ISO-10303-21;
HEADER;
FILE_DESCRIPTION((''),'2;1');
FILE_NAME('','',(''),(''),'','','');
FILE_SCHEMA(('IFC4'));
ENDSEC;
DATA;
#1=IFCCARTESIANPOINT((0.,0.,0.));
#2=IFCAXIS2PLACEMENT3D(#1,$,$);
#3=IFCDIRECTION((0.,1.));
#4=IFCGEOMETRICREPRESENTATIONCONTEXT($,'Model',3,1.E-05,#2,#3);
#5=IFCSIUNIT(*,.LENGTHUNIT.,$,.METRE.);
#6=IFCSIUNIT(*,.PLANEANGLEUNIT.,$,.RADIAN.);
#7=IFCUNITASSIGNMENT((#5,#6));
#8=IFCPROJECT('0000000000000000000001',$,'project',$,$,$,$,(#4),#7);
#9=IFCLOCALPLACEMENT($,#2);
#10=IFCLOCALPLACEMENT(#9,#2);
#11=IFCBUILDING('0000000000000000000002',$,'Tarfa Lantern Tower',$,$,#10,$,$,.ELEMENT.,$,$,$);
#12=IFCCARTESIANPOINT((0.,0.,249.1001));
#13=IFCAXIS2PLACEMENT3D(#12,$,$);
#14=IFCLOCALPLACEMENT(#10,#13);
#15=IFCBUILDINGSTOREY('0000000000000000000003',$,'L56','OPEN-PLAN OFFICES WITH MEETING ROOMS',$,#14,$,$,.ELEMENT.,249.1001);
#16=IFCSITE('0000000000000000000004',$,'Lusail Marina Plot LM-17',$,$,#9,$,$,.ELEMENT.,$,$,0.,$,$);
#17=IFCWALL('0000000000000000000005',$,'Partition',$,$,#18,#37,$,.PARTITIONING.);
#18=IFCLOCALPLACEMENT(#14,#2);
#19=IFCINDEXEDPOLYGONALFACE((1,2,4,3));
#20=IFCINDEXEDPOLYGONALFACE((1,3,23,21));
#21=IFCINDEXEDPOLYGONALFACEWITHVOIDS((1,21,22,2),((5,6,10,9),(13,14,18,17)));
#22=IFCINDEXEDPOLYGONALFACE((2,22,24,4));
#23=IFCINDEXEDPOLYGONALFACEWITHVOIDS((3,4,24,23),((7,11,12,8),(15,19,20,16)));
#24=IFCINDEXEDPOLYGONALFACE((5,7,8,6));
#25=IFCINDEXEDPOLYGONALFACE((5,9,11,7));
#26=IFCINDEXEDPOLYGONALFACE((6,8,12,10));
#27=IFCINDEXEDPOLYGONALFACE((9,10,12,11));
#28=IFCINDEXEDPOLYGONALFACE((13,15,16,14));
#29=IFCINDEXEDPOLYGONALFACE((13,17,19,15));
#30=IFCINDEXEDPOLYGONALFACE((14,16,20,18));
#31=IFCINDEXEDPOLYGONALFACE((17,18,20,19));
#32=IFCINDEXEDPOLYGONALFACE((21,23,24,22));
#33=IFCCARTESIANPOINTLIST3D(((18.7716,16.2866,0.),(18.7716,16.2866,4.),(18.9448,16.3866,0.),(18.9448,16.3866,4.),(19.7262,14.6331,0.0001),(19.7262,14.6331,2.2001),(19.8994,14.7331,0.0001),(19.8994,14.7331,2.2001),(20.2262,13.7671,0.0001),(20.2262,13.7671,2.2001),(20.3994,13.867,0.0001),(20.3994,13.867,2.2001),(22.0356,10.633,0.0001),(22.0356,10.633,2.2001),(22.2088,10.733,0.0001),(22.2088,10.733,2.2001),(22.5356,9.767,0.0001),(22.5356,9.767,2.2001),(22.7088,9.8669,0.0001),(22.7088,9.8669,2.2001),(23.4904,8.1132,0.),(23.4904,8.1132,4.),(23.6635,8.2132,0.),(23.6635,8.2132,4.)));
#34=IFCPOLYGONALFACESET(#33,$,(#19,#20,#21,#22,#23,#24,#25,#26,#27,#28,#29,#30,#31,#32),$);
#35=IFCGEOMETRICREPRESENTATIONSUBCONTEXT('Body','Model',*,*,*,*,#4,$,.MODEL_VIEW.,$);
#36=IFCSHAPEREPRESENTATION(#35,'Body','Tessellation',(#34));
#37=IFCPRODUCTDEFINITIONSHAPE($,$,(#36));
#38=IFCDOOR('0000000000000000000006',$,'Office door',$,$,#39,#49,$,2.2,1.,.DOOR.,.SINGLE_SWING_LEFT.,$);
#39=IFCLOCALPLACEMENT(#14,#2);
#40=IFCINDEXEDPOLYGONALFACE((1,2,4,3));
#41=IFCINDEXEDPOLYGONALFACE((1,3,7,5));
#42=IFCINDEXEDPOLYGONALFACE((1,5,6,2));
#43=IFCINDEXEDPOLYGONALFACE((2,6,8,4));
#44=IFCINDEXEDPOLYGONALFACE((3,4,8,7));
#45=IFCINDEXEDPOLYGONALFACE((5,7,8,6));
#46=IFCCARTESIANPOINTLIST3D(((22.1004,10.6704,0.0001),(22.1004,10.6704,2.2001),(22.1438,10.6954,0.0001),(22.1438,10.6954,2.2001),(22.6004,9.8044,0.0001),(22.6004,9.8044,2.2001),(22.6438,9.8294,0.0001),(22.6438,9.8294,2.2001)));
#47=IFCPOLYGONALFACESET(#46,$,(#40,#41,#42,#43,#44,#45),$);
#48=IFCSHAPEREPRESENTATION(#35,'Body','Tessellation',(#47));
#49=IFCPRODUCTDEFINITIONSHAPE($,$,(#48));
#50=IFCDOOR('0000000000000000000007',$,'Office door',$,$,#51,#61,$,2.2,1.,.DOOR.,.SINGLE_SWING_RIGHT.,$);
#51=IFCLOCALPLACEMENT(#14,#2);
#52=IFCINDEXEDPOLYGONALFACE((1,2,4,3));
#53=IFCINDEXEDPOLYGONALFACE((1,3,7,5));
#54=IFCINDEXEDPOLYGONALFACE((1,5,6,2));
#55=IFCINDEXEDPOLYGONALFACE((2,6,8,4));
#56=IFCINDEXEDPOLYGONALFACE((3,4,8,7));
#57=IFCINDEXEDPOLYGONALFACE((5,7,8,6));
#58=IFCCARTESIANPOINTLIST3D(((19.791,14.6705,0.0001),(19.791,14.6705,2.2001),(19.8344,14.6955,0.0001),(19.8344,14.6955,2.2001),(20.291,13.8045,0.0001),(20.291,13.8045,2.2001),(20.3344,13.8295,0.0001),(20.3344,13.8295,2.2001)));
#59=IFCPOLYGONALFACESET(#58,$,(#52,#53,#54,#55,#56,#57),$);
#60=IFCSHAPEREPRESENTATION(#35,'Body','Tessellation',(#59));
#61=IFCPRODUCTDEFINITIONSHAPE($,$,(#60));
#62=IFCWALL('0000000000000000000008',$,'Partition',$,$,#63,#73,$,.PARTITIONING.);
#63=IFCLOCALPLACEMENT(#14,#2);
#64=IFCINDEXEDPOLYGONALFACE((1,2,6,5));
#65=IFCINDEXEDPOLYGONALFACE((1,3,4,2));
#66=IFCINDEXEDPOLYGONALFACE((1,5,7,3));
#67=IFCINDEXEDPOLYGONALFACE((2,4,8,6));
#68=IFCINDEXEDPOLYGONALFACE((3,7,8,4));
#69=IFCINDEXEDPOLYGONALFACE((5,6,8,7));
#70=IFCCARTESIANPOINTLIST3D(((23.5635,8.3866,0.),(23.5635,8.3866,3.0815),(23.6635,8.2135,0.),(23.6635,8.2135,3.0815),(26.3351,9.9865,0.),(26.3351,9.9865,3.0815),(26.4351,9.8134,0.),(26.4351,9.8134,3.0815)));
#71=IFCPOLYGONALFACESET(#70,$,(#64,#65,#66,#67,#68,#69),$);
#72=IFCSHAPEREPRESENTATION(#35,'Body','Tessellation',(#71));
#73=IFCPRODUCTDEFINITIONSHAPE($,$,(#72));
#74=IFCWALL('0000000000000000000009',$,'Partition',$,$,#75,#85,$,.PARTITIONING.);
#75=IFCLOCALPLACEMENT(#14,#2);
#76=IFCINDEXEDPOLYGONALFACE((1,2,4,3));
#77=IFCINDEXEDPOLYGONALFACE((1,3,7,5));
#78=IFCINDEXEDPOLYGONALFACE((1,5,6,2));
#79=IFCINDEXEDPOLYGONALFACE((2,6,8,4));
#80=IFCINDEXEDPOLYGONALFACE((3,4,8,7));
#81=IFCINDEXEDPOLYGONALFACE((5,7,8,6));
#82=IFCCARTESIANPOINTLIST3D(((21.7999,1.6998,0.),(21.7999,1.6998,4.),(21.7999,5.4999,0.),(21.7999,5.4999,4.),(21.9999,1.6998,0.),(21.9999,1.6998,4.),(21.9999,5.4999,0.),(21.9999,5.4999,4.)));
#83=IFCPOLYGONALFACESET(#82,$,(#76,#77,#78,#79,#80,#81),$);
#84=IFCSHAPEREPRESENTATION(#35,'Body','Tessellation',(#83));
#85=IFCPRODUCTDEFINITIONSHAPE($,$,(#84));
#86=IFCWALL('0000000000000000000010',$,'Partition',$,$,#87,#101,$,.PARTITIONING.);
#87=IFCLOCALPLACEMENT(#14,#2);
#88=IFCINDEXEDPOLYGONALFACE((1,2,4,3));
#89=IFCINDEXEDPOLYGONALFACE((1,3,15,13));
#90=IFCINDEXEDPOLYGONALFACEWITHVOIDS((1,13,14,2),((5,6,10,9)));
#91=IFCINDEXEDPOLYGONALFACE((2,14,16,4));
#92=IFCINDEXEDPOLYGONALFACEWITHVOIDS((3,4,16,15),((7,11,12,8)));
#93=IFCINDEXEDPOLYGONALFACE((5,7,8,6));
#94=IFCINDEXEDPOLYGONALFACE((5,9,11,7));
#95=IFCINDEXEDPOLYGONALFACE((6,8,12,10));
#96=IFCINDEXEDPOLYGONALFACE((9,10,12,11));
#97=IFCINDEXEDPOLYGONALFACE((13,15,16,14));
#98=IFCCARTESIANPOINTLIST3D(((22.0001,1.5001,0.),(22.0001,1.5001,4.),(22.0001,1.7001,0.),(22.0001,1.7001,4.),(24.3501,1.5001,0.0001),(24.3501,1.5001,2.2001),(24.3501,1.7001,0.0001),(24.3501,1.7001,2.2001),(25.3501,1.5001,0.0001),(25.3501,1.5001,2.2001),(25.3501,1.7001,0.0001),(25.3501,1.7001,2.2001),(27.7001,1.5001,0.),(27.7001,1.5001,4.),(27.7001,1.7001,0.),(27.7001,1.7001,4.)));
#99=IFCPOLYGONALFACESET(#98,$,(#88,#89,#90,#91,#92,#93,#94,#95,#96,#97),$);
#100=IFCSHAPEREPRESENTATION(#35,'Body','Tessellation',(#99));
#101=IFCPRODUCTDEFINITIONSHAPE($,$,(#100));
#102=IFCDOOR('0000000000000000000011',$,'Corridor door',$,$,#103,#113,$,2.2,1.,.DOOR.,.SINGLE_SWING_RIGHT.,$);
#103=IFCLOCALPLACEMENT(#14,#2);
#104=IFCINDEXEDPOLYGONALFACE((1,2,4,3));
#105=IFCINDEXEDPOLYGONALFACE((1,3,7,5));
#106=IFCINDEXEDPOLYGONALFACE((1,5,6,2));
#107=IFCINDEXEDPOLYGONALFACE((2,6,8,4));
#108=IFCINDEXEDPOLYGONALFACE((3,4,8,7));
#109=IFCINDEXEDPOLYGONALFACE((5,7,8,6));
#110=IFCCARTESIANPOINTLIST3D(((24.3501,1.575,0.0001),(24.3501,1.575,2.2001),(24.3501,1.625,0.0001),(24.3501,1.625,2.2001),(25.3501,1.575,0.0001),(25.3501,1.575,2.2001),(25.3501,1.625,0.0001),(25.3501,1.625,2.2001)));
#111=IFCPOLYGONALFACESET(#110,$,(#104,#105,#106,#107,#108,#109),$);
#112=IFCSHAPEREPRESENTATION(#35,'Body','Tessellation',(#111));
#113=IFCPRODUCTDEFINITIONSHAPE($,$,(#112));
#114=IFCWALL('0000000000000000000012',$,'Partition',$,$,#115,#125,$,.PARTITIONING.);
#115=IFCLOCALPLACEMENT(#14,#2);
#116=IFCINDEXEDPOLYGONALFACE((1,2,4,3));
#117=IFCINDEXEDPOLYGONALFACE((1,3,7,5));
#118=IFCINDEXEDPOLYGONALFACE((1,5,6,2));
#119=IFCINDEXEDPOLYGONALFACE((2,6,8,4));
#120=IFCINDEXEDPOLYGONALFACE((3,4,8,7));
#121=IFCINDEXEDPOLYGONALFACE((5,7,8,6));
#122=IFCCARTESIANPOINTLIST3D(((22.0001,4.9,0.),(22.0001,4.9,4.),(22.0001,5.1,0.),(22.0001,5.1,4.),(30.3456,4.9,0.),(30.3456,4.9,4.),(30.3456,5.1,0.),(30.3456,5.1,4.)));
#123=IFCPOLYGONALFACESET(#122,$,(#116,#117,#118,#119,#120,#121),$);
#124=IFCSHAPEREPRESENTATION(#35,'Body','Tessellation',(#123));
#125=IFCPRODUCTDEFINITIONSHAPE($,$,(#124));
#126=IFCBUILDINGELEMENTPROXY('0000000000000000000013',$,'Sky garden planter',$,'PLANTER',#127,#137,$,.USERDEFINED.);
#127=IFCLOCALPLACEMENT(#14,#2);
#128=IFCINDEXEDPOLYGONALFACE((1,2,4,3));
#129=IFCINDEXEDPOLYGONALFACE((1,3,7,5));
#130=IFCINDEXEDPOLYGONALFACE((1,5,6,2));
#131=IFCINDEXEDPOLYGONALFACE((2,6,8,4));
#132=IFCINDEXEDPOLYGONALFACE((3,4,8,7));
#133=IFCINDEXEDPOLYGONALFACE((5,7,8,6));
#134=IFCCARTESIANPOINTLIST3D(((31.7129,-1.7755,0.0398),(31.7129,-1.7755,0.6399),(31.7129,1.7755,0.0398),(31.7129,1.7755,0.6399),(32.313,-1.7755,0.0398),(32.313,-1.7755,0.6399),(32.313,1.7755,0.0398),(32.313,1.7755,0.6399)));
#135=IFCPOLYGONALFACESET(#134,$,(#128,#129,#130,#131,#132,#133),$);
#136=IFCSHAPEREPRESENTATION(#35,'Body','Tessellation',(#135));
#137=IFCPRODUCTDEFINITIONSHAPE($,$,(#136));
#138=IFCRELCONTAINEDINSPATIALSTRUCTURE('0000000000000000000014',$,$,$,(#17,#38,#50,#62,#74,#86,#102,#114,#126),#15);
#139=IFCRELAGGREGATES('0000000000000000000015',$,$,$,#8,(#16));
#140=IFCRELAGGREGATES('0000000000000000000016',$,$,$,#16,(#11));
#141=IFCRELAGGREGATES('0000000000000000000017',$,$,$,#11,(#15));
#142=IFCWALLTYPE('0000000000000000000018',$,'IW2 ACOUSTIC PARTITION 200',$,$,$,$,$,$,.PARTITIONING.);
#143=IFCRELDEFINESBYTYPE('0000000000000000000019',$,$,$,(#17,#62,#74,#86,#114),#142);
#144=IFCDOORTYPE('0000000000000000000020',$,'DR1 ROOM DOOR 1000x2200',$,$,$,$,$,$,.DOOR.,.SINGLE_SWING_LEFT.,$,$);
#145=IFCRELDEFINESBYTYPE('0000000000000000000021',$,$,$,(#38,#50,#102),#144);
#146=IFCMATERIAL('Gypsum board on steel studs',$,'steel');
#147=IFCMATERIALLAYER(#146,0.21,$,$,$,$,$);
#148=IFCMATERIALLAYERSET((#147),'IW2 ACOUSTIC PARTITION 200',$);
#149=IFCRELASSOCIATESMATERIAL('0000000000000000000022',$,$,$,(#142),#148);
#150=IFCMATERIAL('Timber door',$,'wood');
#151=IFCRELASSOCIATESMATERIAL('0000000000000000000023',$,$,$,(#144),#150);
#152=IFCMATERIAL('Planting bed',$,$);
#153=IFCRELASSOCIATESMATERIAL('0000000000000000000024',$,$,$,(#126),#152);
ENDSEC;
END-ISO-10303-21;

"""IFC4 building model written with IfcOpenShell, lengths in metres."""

from ifc_helpers import new_model, si_unit, direction, frame, frame_2d, origin, origin_2d, place, context, subcontext, project, spatial, rectangle, extrude, material, layer, layer_set, type_object, element, fill, save


model = new_model("IFC4")

# Units and contexts
model_context = context("Model", 3, precision=1e-05, world=origin(), true_north=direction((0.0, 1.0)))
body_context = subcontext(model_context, "Body", "Model", "MODEL_VIEW")
ifc_project = project(units=[si_unit("LENGTHUNIT", "METRE"), si_unit("PLANEANGLEUNIT", "RADIAN")], contexts=[model_context])

# Site, building, storey
site_placement = place(None, origin())
site = spatial("IfcSite", under=ifc_project, at=site_placement, Name="Lusail Marina Plot LM-17", CompositionType="ELEMENT", RefElevation=0.0)
building_placement = place(site_placement, origin())
building = spatial("IfcBuilding", under=site, at=building_placement, Name="Tarfa Lantern Tower", CompositionType="ELEMENT")
storey_placement = place(building_placement, frame((0.0, 0.0, 249.1001)))
storey = spatial("IfcBuildingStorey", under=building, at=storey_placement, Name="L56", Description="OPEN-PLAN OFFICES WITH MEETING ROOMS", CompositionType="ELEMENT", Elevation=249.1001)

# Wall, openings, doors
ifc_material_1 = material(Name="Gypsum board on steel studs", Category="steel")
ifc_layer_1 = layer(ifc_material_1, 0.21)
ifc_layer_set_1 = layer_set([ifc_layer_1], Name="IW2 ACOUSTIC PARTITION 200")
wall_type = type_object("IfcWallType", Name="IW2 ACOUSTIC PARTITION 200", PredefinedType="PARTITIONING", material=ifc_layer_set_1)
wall_1_placement = place(storey_placement, frame((23.5769, 8.1633, 0.0), z_axis=(0.0, 0.0, 1.0), x_axis=(-0.49999, 0.866031, 0.0)))
wall_1 = element("IfcWall", 1, at=wall_1_placement, inside=storey, type_object=wall_type, Name="Partition", PredefinedType="PARTITIONING", context=body_context, shape_type="SweptSolid", body=[
    extrude(rectangle(XDim=9.4377, YDim=0.2, at=frame_2d((4.7188, 0.0))), origin(), (0.0, 0.0, 1.0), 4.0),
])
opening_1_placement = place(wall_1_placement, frame((1.9094, 0.0, 0.0)))
opening_1 = element("IfcOpeningElement", 2, at=opening_1_placement, cuts=wall_1, PredefinedType="OPENING", context=body_context, shape_type="SweptSolid", body=[
    extrude(rectangle(XDim=1.0, YDim=2.2, at=frame_2d((0.5, 1.1001))), frame((0.0, 0.1099, 0.0), z_axis=(0.0, -1.0, 0.0), x_axis=(1.0, 0.0, 0.0)), (0.0, 0.0, 1.0), 0.22),
])
opening_2_placement = place(wall_1_placement, frame((6.5283, 0.0, 0.0)))
opening_2 = element("IfcOpeningElement", 3, at=opening_2_placement, cuts=wall_1, PredefinedType="OPENING", context=body_context, shape_type="SweptSolid", body=[
    extrude(rectangle(XDim=1.0, YDim=2.2, at=frame_2d((0.5, 1.1001))), frame((0.0, 0.1099, 0.0), z_axis=(0.0, -1.0, 0.0), x_axis=(1.0, 0.0, 0.0)), (0.0, 0.0, 1.0), 0.22),
])
ifc_material_2 = material(Name="Timber door", Category="wood")
door_type = type_object("IfcDoorType", Name="DR1 ROOM DOOR 1000x2200", OperationType="SINGLE_SWING_LEFT", PredefinedType="DOOR", material=ifc_material_2)
door_1_placement = place(opening_1_placement, frame((1.0, 0.0, 0.0), z_axis=(0.0, 0.0, 1.0), x_axis=(-1.0, 0.0, 0.0)))
door_1 = element("IfcDoor", 4, at=door_1_placement, inside=storey, type_object=door_type, Name="Office door", OperationType="SINGLE_SWING_LEFT", OverallHeight=2.2, OverallWidth=1.0, PredefinedType="DOOR", context=body_context, shape_type="SweptSolid", body=[
    extrude(rectangle(XDim=1.0, YDim=2.2, at=frame_2d((0.5, 1.1001))), frame((0.0, 0.0249, 0.0), z_axis=(0.0, -1.0, 0.0), x_axis=(1.0, 0.0, 0.0)), (0.0, 0.0, 1.0), 0.05),
])
fill(opening_1, door_1)
door_2_placement = place(opening_2_placement, frame((1.0, 0.0, 0.0), z_axis=(0.0, 0.0, 1.0), x_axis=(-1.0, 0.0, 0.0)))
door_2 = element("IfcDoor", 5, at=door_2_placement, inside=storey, type_object=door_type, Name="Office door", OperationType="SINGLE_SWING_RIGHT", OverallHeight=2.2, OverallWidth=1.0, PredefinedType="DOOR", context=body_context, shape_type="SweptSolid", body=[
    extrude(rectangle(XDim=1.0, YDim=2.2, at=frame_2d((0.5, 1.1001))), frame((0.0, 0.0249, 0.0), z_axis=(0.0, -1.0, 0.0), x_axis=(1.0, 0.0, 0.0)), (0.0, 0.0, 1.0), 0.05),
])
fill(opening_2, door_2)

# Walls
wall_2_placement = place(storey_placement, frame((23.6135, 8.3, 0.0), z_axis=(0.0, 0.0, 1.0), x_axis=(0.866061, 0.499938, 0.0)))
element("IfcWall", 6, at=wall_2_placement, inside=storey, type_object=wall_type, Name="Partition", PredefinedType="PARTITIONING", context=body_context, shape_type="SweptSolid", body=[
    extrude(rectangle(XDim=3.2002, YDim=0.2, at=frame_2d((1.6001, 0.0))), origin(), (0.0, 0.0, 1.0), 3.0815),
])
wall_3_placement = place(storey_placement, frame((21.8999, 1.7, 0.0), z_axis=(0.0, 0.0, 1.0), x_axis=(0.0, 1.0, 0.0)))
element("IfcWall", 7, at=wall_3_placement, inside=storey, type_object=wall_type, Name="Partition", PredefinedType="PARTITIONING", context=body_context, shape_type="SweptSolid", body=[
    extrude(rectangle(XDim=3.8, YDim=0.2, at=frame_2d((1.8999, 0.0))), origin(), (0.0, 0.0, 1.0), 4.0),
])

# Wall, opening, door
wall_4_placement = place(storey_placement, frame((22.0, 1.6001, 0.0), z_axis=(0.0, 0.0, 1.0), x_axis=(1.0, 0.0, 0.0)))
wall_4 = element("IfcWall", 8, at=wall_4_placement, inside=storey, type_object=wall_type, Name="Partition", PredefinedType="PARTITIONING", context=body_context, shape_type="SweptSolid", body=[
    extrude(rectangle(XDim=5.7, YDim=0.2, at=frame_2d((2.8501, 0.0))), origin(), (0.0, 0.0, 1.0), 4.0),
])
opening_3_placement = place(wall_4_placement, frame((2.3501, 0.0, 0.0)))
opening_3 = element("IfcOpeningElement", 9, at=opening_3_placement, cuts=wall_4, PredefinedType="OPENING", context=body_context, shape_type="SweptSolid", body=[
    extrude(rectangle(XDim=1.0, YDim=2.2, at=frame_2d((0.5, 1.1001))), frame((0.0, 0.1099, 0.0), z_axis=(0.0, -1.0, 0.0), x_axis=(1.0, 0.0, 0.0)), (0.0, 0.0, 1.0), 0.22),
])
door_3_placement = place(opening_3_placement, origin())
door_3 = element("IfcDoor", 10, at=door_3_placement, inside=storey, type_object=door_type, Name="Corridor door", OperationType="SINGLE_SWING_RIGHT", OverallHeight=2.2, OverallWidth=1.0, PredefinedType="DOOR", context=body_context, shape_type="SweptSolid", body=[
    extrude(rectangle(XDim=1.0, YDim=2.2, at=frame_2d((0.5, 1.1001))), frame((0.0, 0.0249, 0.0), z_axis=(0.0, -1.0, 0.0), x_axis=(1.0, 0.0, 0.0)), (0.0, 0.0, 1.0), 0.05),
])
fill(opening_3, door_3)

# Wall
wall_5_placement = place(storey_placement, frame((22.0, 5.0, 0.0), z_axis=(0.0, 0.0, 1.0), x_axis=(1.0, 0.0, 0.0)))
element("IfcWall", 11, at=wall_5_placement, inside=storey, type_object=wall_type, Name="Partition", PredefinedType="PARTITIONING", context=body_context, shape_type="SweptSolid", body=[
    extrude(rectangle(XDim=8.3455, YDim=0.2, at=frame_2d((4.1729, 0.0))), origin(), (0.0, 0.0, 1.0), 4.0),
])

# Building element proxy
ifc_material_3 = material(Name="Planting bed")
proxy_placement = place(storey_placement, frame((32.0129, 0.0, 0.0398), z_axis=(0.0, 0.0, 1.0), x_axis=(0.0, 1.0, 0.0)))
element("IfcBuildingElementProxy", 12, at=proxy_placement, inside=storey, material=ifc_material_3, Name="Sky garden planter", ObjectType="PLANTER", PredefinedType="USERDEFINED", context=body_context, shape_type="SweptSolid", body=[
    extrude(rectangle(XDim=3.551, YDim=0.6001, at=origin_2d()), origin(), (0.0, 0.0, 1.0), 0.6001),
])

save(model, "model.ifc")
